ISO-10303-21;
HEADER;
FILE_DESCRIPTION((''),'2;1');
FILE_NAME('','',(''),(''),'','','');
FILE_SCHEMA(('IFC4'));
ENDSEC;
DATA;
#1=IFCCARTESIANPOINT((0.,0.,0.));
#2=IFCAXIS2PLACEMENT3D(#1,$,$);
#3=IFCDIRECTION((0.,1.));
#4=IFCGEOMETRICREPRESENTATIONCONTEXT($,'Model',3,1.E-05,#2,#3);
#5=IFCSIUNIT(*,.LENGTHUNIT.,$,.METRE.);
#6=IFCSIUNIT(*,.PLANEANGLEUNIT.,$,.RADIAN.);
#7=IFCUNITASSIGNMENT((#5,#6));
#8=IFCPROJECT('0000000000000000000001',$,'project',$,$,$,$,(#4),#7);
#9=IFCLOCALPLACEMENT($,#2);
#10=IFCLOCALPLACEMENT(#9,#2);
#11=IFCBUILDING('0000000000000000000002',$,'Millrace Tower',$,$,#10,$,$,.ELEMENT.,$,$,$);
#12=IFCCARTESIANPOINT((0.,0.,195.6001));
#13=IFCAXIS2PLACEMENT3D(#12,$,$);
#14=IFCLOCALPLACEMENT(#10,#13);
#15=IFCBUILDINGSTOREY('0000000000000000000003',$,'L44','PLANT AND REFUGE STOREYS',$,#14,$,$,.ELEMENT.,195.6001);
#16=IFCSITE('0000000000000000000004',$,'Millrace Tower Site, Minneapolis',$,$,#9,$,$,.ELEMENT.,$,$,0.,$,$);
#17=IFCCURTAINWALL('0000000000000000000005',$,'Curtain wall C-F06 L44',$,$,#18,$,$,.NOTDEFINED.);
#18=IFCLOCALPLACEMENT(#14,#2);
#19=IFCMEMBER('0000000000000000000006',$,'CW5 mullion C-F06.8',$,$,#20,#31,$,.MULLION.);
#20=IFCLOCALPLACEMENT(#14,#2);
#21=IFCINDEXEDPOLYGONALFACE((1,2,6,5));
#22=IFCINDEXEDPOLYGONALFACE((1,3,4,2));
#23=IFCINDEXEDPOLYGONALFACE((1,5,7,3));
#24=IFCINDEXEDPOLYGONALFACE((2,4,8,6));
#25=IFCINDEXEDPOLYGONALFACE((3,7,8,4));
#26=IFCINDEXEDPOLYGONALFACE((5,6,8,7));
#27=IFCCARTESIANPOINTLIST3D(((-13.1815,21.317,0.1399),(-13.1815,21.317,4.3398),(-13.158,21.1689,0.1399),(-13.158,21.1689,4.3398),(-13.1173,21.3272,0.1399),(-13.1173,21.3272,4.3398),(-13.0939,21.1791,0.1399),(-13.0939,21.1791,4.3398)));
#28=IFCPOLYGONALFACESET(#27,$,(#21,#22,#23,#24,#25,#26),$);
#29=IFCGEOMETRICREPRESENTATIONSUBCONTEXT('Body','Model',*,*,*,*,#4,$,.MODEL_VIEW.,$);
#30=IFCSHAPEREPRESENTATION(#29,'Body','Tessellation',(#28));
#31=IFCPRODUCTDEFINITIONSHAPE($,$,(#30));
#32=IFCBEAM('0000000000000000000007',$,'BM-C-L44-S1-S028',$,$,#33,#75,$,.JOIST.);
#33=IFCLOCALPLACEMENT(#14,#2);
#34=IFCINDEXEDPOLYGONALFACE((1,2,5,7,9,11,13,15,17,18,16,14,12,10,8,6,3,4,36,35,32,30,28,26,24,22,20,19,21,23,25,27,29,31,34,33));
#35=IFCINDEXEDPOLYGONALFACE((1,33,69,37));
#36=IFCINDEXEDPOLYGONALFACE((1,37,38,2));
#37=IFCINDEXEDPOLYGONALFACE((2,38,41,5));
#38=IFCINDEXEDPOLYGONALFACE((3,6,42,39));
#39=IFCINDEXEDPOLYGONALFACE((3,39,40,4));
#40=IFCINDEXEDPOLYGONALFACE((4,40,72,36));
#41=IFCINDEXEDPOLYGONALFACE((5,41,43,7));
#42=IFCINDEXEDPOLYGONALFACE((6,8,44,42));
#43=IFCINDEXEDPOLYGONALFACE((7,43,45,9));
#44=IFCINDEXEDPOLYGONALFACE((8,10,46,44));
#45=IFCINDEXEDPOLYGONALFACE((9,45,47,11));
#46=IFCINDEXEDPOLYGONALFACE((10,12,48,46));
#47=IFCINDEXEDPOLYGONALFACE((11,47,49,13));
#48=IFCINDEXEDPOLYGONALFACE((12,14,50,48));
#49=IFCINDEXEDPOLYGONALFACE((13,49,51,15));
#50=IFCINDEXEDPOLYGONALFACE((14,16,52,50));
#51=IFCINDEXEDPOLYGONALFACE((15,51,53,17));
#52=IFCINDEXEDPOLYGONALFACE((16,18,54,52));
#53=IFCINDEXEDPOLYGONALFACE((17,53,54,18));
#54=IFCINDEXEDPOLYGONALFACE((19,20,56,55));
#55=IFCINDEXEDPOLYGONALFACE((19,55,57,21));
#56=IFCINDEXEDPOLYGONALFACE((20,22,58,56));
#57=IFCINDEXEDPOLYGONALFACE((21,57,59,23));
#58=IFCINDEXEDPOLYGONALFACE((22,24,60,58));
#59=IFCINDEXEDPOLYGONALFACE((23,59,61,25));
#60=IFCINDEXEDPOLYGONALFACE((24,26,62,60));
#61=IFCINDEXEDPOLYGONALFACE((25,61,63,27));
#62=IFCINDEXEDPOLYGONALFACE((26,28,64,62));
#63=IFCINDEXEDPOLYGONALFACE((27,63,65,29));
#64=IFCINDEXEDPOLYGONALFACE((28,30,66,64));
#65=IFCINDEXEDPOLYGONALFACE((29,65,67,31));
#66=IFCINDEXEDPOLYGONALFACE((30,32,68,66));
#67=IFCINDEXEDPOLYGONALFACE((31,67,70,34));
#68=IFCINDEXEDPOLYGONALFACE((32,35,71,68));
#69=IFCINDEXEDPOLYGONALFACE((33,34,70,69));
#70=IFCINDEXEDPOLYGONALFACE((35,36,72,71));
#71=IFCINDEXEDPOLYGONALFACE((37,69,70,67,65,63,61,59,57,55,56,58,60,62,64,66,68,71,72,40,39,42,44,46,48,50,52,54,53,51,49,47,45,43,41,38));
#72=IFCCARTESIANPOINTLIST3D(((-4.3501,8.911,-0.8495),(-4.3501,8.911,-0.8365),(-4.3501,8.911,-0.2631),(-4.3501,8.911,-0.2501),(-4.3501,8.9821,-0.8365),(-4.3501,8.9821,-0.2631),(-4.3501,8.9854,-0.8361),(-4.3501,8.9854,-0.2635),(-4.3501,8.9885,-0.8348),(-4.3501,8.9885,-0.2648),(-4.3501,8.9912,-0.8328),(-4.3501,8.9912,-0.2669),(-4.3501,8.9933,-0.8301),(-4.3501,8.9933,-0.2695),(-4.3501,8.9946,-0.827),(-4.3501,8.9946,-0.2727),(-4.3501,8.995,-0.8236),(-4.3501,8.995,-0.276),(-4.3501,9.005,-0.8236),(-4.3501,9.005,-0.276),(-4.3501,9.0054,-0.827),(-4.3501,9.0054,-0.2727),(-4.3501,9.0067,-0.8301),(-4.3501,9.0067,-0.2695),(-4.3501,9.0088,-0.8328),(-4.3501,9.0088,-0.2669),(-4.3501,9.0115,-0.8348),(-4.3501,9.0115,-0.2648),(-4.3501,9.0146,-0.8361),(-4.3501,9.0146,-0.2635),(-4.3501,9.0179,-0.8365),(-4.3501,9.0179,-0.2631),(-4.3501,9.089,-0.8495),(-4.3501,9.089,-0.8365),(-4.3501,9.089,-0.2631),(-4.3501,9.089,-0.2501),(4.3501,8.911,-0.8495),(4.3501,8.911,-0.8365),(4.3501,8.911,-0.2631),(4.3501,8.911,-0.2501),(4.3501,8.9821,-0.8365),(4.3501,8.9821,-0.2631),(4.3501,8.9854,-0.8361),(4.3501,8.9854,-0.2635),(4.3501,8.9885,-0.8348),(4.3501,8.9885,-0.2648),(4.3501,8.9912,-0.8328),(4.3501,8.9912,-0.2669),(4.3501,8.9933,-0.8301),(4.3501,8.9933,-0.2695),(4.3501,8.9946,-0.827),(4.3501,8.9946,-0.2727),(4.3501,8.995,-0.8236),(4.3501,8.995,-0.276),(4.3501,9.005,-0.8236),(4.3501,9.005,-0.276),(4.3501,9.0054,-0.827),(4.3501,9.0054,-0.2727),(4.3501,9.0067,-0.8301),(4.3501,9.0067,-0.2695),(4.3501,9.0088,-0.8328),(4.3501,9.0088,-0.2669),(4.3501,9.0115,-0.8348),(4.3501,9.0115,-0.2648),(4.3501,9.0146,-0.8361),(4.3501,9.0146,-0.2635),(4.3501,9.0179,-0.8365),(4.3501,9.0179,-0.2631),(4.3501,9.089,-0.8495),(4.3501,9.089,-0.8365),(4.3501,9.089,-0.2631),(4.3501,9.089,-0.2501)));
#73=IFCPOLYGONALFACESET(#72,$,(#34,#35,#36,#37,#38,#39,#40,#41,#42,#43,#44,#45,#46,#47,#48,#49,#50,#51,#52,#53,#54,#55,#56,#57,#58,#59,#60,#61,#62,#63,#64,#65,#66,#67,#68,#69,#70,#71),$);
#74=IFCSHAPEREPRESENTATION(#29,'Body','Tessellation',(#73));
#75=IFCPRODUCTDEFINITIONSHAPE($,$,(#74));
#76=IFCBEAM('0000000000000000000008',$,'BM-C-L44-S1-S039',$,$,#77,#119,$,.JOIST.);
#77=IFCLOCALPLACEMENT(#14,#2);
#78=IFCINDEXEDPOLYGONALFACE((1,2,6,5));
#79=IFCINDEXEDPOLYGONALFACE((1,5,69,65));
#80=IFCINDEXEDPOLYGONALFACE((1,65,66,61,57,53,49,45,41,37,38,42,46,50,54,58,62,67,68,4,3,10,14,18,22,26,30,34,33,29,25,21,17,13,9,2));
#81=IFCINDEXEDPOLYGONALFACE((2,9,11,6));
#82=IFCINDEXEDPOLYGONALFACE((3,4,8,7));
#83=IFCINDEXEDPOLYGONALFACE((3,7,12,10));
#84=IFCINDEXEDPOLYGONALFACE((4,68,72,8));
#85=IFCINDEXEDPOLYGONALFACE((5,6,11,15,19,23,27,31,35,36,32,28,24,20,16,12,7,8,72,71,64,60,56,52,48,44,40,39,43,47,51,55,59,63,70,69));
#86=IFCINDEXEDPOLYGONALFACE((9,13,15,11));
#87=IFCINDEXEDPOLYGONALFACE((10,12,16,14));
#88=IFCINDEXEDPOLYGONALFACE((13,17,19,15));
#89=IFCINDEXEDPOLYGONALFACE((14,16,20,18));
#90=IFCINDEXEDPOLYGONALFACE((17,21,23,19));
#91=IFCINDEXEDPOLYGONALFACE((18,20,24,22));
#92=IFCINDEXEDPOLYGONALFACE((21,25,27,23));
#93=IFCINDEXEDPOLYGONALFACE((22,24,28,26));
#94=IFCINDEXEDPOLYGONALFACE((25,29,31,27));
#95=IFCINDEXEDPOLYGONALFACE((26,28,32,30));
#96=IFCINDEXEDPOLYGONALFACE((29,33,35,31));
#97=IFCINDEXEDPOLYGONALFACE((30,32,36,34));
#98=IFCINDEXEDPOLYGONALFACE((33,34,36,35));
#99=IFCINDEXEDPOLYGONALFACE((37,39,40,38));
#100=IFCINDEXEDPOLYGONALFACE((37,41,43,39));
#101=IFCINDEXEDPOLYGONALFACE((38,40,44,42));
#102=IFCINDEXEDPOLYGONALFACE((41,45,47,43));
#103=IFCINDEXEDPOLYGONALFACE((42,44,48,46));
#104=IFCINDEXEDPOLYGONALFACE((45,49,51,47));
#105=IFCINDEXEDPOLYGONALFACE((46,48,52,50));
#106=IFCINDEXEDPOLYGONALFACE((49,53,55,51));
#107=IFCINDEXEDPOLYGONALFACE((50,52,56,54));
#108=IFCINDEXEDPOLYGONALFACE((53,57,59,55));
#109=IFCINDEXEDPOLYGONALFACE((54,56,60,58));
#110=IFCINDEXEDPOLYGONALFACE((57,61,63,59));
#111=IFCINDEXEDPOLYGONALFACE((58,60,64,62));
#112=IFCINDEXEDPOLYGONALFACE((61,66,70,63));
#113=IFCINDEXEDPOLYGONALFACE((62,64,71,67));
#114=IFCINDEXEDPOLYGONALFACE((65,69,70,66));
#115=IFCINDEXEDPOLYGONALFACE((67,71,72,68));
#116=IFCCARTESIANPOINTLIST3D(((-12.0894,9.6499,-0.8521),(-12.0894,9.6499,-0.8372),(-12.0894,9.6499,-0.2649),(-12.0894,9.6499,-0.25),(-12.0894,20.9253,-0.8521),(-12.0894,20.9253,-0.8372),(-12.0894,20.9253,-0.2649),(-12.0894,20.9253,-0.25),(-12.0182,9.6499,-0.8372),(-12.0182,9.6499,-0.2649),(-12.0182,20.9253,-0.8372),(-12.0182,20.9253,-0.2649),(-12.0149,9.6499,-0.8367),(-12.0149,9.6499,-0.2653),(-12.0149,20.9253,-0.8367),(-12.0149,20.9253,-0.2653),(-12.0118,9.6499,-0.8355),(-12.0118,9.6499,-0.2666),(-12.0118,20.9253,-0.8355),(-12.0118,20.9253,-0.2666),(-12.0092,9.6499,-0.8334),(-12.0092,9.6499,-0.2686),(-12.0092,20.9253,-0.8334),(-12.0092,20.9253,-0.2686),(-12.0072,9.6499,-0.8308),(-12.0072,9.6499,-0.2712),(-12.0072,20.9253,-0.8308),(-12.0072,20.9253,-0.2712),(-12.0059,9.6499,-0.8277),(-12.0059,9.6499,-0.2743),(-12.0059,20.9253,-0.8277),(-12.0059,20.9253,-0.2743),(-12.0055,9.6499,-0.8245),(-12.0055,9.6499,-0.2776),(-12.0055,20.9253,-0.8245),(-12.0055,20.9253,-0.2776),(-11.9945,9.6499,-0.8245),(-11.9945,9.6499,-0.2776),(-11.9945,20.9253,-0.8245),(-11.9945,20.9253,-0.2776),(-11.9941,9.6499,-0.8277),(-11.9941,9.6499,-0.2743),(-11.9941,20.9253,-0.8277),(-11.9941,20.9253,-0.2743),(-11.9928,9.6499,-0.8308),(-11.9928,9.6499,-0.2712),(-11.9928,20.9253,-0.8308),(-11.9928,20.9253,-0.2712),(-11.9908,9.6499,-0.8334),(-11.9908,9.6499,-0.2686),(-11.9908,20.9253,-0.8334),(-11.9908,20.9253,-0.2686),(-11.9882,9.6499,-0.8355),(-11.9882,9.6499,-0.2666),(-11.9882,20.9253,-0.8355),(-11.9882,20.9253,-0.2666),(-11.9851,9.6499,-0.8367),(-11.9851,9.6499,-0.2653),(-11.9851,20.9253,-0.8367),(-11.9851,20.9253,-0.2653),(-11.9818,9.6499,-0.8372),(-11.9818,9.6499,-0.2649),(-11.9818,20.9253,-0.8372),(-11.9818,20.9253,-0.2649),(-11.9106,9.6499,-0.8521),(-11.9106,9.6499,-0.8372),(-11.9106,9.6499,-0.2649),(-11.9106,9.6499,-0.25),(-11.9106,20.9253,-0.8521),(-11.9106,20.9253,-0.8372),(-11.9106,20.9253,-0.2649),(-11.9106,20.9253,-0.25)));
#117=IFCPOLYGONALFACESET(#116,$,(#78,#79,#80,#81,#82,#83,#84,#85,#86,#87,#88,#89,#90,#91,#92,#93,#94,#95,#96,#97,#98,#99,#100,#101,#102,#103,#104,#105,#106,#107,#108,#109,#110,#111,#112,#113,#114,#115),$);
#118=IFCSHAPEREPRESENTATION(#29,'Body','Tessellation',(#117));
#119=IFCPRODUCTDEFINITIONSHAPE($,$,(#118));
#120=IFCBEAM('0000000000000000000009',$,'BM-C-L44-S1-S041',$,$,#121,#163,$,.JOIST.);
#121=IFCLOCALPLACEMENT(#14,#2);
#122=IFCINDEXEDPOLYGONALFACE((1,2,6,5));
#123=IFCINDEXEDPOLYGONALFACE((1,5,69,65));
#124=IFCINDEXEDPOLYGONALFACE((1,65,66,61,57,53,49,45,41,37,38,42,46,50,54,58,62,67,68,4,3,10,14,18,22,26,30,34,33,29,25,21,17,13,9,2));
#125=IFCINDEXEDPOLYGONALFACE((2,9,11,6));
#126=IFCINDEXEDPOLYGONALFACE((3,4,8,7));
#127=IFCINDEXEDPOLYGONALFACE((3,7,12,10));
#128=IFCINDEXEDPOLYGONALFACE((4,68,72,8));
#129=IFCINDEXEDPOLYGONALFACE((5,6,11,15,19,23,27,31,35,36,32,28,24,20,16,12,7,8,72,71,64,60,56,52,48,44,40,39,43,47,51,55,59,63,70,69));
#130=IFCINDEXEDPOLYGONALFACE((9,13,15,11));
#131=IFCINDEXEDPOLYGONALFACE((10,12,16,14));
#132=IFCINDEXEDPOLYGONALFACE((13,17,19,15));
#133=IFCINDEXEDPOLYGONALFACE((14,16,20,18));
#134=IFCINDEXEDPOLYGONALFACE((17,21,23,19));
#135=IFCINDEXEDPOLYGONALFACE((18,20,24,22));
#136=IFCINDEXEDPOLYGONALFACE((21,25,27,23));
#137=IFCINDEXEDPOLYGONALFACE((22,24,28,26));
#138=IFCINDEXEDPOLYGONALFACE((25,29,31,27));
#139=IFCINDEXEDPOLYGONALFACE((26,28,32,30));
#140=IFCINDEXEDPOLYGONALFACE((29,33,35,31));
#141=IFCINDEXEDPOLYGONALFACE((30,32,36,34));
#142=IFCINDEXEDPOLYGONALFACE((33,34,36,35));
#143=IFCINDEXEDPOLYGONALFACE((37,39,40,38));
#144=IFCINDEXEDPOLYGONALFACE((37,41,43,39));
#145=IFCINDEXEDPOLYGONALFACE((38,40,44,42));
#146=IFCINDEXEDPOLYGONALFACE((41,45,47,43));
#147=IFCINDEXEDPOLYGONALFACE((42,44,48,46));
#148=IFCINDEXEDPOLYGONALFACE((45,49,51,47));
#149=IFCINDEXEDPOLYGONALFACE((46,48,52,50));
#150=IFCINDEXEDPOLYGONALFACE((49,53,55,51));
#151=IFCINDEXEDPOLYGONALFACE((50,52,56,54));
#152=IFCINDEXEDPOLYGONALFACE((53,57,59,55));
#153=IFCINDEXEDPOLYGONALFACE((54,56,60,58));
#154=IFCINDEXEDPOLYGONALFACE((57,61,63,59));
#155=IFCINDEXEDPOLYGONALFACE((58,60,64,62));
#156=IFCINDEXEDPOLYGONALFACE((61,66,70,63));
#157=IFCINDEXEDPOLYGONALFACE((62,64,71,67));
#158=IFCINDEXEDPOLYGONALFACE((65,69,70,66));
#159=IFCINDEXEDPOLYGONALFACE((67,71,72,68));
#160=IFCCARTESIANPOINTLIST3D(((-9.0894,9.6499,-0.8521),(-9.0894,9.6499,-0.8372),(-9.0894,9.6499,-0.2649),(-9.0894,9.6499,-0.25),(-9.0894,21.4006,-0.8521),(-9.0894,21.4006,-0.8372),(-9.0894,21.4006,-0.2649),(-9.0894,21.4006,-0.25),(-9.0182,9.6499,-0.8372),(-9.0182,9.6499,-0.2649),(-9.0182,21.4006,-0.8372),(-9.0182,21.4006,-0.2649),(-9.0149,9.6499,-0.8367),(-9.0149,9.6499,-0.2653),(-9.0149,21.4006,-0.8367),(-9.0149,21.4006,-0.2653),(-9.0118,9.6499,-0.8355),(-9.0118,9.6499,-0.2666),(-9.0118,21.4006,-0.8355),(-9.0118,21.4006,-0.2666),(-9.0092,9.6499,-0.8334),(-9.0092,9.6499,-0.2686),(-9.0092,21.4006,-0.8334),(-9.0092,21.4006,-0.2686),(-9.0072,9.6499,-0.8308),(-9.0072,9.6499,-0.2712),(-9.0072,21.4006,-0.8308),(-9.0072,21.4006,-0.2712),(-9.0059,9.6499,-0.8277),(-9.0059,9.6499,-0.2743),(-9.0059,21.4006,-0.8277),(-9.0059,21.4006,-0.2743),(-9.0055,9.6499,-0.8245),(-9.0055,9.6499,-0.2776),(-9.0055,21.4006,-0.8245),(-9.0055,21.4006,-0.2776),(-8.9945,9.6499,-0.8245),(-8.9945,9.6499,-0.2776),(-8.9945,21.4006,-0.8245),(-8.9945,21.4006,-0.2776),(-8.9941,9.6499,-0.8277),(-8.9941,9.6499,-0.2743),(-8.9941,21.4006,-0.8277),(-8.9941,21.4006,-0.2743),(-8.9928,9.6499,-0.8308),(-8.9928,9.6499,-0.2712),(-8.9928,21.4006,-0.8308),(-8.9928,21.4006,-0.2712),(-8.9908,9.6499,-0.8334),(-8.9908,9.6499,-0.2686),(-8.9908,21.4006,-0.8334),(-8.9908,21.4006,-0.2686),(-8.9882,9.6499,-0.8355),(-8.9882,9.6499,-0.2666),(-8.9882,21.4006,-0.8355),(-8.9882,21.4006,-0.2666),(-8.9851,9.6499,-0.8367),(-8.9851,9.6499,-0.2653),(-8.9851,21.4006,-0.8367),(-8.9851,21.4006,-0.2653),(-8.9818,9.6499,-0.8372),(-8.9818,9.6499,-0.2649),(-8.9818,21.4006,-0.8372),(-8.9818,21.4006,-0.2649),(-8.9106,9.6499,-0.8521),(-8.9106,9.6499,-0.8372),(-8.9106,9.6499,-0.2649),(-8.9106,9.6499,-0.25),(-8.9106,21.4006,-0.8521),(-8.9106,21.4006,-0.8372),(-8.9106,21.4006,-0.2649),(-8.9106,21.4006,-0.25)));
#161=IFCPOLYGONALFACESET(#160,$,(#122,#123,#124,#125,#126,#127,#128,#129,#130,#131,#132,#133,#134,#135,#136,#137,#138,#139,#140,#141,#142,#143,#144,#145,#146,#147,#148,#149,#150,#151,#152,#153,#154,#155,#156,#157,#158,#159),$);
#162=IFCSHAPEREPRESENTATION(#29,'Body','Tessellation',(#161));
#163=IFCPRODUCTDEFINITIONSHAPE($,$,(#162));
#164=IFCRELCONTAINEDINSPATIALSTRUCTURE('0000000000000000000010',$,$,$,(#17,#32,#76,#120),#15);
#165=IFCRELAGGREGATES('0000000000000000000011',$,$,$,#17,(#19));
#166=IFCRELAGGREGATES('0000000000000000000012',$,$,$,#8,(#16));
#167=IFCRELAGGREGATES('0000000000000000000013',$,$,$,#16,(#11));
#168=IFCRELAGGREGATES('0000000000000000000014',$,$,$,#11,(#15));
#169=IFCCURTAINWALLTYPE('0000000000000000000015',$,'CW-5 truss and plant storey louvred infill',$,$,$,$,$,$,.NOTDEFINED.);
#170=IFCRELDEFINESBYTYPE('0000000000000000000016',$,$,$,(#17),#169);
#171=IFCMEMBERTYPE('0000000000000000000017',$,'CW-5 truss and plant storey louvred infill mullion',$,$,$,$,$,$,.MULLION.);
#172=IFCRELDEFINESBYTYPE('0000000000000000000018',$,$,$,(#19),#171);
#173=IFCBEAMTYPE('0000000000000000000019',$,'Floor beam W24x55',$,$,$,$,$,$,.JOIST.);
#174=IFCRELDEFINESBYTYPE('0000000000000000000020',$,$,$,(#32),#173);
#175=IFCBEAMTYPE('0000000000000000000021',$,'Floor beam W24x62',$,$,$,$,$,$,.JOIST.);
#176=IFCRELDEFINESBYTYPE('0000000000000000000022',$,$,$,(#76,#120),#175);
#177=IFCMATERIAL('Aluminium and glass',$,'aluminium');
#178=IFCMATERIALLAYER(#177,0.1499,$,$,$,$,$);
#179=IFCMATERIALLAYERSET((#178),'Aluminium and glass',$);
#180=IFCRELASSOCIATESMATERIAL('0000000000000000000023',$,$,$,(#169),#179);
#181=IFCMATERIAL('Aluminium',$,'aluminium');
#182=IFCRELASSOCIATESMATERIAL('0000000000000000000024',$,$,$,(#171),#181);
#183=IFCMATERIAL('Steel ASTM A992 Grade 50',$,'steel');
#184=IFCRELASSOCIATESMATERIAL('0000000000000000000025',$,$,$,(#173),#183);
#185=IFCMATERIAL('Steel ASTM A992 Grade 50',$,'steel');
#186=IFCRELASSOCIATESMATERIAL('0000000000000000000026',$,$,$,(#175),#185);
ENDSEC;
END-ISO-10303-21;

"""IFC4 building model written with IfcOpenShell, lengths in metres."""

from ifc_helpers import new_model, si_unit, direction, frame, origin, origin_2d, place, context, subcontext, project, spatial, rectangle, i_section, extrude, material, layer, layer_set, material_profile, profile_set, type_object, element, aggregate, save


model = new_model("IFC4")

# Units and contexts
model_context = context("Model", 3, precision=1e-05, world=origin(), true_north=direction((0.0, 1.0)))
body_context = subcontext(model_context, "Body", "Model", "MODEL_VIEW")
ifc_project = project(units=[si_unit("LENGTHUNIT", "METRE"), si_unit("PLANEANGLEUNIT", "RADIAN")], contexts=[model_context])

# Site, building, storey
site_placement = place(None, origin())
site = spatial("IfcSite", under=ifc_project, at=site_placement, Name="Millrace Tower Site, Minneapolis", CompositionType="ELEMENT", RefElevation=0.0)
building_placement = place(site_placement, origin())
building = spatial("IfcBuilding", under=site, at=building_placement, Name="Millrace Tower", CompositionType="ELEMENT")
storey_placement = place(building_placement, frame((0.0, 0.0, 195.6001)))
storey = spatial("IfcBuildingStorey", under=building, at=storey_placement, Name="L44", Description="PLANT AND REFUGE STOREYS", CompositionType="ELEMENT", Elevation=195.6001)

# Curtain wall, member
ifc_material_1 = material(Name="Aluminium and glass", Category="aluminium")
ifc_layer_1 = layer(ifc_material_1, 0.1499)
ifc_layer_set_1 = layer_set([ifc_layer_1], Name="Aluminium and glass")
curtain_wall_type = type_object("IfcCurtainWallType", Name="CW-5 truss and plant storey louvred infill", PredefinedType="NOTDEFINED", material=ifc_layer_set_1)
curtain_wall_placement = place(storey_placement, origin())
curtain_wall = element("IfcCurtainWall", 1, at=curtain_wall_placement, inside=storey, type_object=curtain_wall_type, Name="Curtain wall C-F06 L44", PredefinedType="NOTDEFINED")
ifc_material_2 = material(Name="Aluminium", Category="aluminium")
ifc_material_profile_1 = material_profile(ifc_material_2, rectangle(XDim=0.0649, YDim=0.1499, at=origin_2d()))
ifc_profile_set_1 = profile_set([ifc_material_profile_1], Name="Aluminium")
member_type_1 = type_object("IfcMemberType", Name="CW-5 truss and plant storey louvred infill mullion", PredefinedType="MULLION", material=ifc_profile_set_1)
member_1_placement = place(storey_placement, frame((-13.1377, 21.248, 0.1399), z_axis=(0.0, 0.0, 1.0), x_axis=(-0.987688, -0.156434, 0.0)))
member_1 = element("IfcMember", 2, at=member_1_placement, type_object=member_type_1, Name="CW5 mullion C-F06.8", PredefinedType="MULLION", context=body_context, shape_type="SweptSolid", body=[
    extrude(rectangle(XDim=0.0649, YDim=0.1499, at=origin_2d()), origin(), (0.0, 0.0, 1.0), 4.2),
])
aggregate(curtain_wall, [member_1])

# Beams
ifc_material_3 = material(Name="Steel ASTM A992 Grade 50", Category="steel")
ifc_material_profile_2 = material_profile(ifc_material_3, i_section(OverallWidth=0.178, OverallDepth=0.5994, WebThickness=0.01, FlangeThickness=0.0129, FilletRadius=0.0129, at=origin_2d()))
ifc_profile_set_2 = profile_set([ifc_material_profile_2], Name="Steel ASTM A992 Grade 50")
beam_type_1 = type_object("IfcBeamType", Name="Floor beam W24x55", PredefinedType="JOIST", material=ifc_profile_set_2)
beam_1_placement = place(storey_placement, frame((-4.3501, 9.0, -0.5498), z_axis=(1.0, 0.0, 0.0), x_axis=(0.0, 1.0, 0.0)))
element("IfcBeam", 3, at=beam_1_placement, inside=storey, type_object=beam_type_1, Name="BM-C-L44-S1-S028", PredefinedType="JOIST", context=body_context, shape_type="SweptSolid", body=[
    extrude(i_section(OverallWidth=0.178, OverallDepth=0.5994, WebThickness=0.01, FlangeThickness=0.0129, FilletRadius=0.0129, at=origin_2d()), origin(), (0.0, 0.0, 1.0), 8.7002),
])
ifc_material_4 = material(Name="Steel ASTM A992 Grade 50", Category="steel")
ifc_material_profile_3 = material_profile(ifc_material_4, i_section(OverallWidth=0.1787, OverallDepth=0.6021, WebThickness=0.011, FlangeThickness=0.0149, FilletRadius=0.0127, at=origin_2d()))
ifc_profile_set_3 = profile_set([ifc_material_profile_3], Name="Steel ASTM A992 Grade 50")
beam_type_2 = type_object("IfcBeamType", Name="Floor beam W24x62", PredefinedType="JOIST", material=ifc_profile_set_3)
beam_2_placement = place(storey_placement, frame((-12.0, 9.6499, -0.551), z_axis=(0.0, 1.0, 0.0), x_axis=(-1.0, 0.0, 0.0)))
element("IfcBeam", 4, at=beam_2_placement, inside=storey, type_object=beam_type_2, Name="BM-C-L44-S1-S039", PredefinedType="JOIST", context=body_context, shape_type="SweptSolid", body=[
    extrude(i_section(OverallWidth=0.1787, OverallDepth=0.6021, WebThickness=0.011, FlangeThickness=0.0149, FilletRadius=0.0127, at=origin_2d()), origin(), (0.0, 0.0, 1.0), 11.2754),
])
beam_3_placement = place(storey_placement, frame((-9.0, 9.6499, -0.551), z_axis=(0.0, 1.0, 0.0), x_axis=(-1.0, 0.0, 0.0)))
element("IfcBeam", 5, at=beam_3_placement, inside=storey, type_object=beam_type_2, Name="BM-C-L44-S1-S041", PredefinedType="JOIST", context=body_context, shape_type="SweptSolid", body=[
    extrude(i_section(OverallWidth=0.1787, OverallDepth=0.6021, WebThickness=0.011, FlangeThickness=0.0149, FilletRadius=0.0127, at=origin_2d()), origin(), (0.0, 0.0, 1.0), 11.7507),
])

save(model, "model.ifc")
